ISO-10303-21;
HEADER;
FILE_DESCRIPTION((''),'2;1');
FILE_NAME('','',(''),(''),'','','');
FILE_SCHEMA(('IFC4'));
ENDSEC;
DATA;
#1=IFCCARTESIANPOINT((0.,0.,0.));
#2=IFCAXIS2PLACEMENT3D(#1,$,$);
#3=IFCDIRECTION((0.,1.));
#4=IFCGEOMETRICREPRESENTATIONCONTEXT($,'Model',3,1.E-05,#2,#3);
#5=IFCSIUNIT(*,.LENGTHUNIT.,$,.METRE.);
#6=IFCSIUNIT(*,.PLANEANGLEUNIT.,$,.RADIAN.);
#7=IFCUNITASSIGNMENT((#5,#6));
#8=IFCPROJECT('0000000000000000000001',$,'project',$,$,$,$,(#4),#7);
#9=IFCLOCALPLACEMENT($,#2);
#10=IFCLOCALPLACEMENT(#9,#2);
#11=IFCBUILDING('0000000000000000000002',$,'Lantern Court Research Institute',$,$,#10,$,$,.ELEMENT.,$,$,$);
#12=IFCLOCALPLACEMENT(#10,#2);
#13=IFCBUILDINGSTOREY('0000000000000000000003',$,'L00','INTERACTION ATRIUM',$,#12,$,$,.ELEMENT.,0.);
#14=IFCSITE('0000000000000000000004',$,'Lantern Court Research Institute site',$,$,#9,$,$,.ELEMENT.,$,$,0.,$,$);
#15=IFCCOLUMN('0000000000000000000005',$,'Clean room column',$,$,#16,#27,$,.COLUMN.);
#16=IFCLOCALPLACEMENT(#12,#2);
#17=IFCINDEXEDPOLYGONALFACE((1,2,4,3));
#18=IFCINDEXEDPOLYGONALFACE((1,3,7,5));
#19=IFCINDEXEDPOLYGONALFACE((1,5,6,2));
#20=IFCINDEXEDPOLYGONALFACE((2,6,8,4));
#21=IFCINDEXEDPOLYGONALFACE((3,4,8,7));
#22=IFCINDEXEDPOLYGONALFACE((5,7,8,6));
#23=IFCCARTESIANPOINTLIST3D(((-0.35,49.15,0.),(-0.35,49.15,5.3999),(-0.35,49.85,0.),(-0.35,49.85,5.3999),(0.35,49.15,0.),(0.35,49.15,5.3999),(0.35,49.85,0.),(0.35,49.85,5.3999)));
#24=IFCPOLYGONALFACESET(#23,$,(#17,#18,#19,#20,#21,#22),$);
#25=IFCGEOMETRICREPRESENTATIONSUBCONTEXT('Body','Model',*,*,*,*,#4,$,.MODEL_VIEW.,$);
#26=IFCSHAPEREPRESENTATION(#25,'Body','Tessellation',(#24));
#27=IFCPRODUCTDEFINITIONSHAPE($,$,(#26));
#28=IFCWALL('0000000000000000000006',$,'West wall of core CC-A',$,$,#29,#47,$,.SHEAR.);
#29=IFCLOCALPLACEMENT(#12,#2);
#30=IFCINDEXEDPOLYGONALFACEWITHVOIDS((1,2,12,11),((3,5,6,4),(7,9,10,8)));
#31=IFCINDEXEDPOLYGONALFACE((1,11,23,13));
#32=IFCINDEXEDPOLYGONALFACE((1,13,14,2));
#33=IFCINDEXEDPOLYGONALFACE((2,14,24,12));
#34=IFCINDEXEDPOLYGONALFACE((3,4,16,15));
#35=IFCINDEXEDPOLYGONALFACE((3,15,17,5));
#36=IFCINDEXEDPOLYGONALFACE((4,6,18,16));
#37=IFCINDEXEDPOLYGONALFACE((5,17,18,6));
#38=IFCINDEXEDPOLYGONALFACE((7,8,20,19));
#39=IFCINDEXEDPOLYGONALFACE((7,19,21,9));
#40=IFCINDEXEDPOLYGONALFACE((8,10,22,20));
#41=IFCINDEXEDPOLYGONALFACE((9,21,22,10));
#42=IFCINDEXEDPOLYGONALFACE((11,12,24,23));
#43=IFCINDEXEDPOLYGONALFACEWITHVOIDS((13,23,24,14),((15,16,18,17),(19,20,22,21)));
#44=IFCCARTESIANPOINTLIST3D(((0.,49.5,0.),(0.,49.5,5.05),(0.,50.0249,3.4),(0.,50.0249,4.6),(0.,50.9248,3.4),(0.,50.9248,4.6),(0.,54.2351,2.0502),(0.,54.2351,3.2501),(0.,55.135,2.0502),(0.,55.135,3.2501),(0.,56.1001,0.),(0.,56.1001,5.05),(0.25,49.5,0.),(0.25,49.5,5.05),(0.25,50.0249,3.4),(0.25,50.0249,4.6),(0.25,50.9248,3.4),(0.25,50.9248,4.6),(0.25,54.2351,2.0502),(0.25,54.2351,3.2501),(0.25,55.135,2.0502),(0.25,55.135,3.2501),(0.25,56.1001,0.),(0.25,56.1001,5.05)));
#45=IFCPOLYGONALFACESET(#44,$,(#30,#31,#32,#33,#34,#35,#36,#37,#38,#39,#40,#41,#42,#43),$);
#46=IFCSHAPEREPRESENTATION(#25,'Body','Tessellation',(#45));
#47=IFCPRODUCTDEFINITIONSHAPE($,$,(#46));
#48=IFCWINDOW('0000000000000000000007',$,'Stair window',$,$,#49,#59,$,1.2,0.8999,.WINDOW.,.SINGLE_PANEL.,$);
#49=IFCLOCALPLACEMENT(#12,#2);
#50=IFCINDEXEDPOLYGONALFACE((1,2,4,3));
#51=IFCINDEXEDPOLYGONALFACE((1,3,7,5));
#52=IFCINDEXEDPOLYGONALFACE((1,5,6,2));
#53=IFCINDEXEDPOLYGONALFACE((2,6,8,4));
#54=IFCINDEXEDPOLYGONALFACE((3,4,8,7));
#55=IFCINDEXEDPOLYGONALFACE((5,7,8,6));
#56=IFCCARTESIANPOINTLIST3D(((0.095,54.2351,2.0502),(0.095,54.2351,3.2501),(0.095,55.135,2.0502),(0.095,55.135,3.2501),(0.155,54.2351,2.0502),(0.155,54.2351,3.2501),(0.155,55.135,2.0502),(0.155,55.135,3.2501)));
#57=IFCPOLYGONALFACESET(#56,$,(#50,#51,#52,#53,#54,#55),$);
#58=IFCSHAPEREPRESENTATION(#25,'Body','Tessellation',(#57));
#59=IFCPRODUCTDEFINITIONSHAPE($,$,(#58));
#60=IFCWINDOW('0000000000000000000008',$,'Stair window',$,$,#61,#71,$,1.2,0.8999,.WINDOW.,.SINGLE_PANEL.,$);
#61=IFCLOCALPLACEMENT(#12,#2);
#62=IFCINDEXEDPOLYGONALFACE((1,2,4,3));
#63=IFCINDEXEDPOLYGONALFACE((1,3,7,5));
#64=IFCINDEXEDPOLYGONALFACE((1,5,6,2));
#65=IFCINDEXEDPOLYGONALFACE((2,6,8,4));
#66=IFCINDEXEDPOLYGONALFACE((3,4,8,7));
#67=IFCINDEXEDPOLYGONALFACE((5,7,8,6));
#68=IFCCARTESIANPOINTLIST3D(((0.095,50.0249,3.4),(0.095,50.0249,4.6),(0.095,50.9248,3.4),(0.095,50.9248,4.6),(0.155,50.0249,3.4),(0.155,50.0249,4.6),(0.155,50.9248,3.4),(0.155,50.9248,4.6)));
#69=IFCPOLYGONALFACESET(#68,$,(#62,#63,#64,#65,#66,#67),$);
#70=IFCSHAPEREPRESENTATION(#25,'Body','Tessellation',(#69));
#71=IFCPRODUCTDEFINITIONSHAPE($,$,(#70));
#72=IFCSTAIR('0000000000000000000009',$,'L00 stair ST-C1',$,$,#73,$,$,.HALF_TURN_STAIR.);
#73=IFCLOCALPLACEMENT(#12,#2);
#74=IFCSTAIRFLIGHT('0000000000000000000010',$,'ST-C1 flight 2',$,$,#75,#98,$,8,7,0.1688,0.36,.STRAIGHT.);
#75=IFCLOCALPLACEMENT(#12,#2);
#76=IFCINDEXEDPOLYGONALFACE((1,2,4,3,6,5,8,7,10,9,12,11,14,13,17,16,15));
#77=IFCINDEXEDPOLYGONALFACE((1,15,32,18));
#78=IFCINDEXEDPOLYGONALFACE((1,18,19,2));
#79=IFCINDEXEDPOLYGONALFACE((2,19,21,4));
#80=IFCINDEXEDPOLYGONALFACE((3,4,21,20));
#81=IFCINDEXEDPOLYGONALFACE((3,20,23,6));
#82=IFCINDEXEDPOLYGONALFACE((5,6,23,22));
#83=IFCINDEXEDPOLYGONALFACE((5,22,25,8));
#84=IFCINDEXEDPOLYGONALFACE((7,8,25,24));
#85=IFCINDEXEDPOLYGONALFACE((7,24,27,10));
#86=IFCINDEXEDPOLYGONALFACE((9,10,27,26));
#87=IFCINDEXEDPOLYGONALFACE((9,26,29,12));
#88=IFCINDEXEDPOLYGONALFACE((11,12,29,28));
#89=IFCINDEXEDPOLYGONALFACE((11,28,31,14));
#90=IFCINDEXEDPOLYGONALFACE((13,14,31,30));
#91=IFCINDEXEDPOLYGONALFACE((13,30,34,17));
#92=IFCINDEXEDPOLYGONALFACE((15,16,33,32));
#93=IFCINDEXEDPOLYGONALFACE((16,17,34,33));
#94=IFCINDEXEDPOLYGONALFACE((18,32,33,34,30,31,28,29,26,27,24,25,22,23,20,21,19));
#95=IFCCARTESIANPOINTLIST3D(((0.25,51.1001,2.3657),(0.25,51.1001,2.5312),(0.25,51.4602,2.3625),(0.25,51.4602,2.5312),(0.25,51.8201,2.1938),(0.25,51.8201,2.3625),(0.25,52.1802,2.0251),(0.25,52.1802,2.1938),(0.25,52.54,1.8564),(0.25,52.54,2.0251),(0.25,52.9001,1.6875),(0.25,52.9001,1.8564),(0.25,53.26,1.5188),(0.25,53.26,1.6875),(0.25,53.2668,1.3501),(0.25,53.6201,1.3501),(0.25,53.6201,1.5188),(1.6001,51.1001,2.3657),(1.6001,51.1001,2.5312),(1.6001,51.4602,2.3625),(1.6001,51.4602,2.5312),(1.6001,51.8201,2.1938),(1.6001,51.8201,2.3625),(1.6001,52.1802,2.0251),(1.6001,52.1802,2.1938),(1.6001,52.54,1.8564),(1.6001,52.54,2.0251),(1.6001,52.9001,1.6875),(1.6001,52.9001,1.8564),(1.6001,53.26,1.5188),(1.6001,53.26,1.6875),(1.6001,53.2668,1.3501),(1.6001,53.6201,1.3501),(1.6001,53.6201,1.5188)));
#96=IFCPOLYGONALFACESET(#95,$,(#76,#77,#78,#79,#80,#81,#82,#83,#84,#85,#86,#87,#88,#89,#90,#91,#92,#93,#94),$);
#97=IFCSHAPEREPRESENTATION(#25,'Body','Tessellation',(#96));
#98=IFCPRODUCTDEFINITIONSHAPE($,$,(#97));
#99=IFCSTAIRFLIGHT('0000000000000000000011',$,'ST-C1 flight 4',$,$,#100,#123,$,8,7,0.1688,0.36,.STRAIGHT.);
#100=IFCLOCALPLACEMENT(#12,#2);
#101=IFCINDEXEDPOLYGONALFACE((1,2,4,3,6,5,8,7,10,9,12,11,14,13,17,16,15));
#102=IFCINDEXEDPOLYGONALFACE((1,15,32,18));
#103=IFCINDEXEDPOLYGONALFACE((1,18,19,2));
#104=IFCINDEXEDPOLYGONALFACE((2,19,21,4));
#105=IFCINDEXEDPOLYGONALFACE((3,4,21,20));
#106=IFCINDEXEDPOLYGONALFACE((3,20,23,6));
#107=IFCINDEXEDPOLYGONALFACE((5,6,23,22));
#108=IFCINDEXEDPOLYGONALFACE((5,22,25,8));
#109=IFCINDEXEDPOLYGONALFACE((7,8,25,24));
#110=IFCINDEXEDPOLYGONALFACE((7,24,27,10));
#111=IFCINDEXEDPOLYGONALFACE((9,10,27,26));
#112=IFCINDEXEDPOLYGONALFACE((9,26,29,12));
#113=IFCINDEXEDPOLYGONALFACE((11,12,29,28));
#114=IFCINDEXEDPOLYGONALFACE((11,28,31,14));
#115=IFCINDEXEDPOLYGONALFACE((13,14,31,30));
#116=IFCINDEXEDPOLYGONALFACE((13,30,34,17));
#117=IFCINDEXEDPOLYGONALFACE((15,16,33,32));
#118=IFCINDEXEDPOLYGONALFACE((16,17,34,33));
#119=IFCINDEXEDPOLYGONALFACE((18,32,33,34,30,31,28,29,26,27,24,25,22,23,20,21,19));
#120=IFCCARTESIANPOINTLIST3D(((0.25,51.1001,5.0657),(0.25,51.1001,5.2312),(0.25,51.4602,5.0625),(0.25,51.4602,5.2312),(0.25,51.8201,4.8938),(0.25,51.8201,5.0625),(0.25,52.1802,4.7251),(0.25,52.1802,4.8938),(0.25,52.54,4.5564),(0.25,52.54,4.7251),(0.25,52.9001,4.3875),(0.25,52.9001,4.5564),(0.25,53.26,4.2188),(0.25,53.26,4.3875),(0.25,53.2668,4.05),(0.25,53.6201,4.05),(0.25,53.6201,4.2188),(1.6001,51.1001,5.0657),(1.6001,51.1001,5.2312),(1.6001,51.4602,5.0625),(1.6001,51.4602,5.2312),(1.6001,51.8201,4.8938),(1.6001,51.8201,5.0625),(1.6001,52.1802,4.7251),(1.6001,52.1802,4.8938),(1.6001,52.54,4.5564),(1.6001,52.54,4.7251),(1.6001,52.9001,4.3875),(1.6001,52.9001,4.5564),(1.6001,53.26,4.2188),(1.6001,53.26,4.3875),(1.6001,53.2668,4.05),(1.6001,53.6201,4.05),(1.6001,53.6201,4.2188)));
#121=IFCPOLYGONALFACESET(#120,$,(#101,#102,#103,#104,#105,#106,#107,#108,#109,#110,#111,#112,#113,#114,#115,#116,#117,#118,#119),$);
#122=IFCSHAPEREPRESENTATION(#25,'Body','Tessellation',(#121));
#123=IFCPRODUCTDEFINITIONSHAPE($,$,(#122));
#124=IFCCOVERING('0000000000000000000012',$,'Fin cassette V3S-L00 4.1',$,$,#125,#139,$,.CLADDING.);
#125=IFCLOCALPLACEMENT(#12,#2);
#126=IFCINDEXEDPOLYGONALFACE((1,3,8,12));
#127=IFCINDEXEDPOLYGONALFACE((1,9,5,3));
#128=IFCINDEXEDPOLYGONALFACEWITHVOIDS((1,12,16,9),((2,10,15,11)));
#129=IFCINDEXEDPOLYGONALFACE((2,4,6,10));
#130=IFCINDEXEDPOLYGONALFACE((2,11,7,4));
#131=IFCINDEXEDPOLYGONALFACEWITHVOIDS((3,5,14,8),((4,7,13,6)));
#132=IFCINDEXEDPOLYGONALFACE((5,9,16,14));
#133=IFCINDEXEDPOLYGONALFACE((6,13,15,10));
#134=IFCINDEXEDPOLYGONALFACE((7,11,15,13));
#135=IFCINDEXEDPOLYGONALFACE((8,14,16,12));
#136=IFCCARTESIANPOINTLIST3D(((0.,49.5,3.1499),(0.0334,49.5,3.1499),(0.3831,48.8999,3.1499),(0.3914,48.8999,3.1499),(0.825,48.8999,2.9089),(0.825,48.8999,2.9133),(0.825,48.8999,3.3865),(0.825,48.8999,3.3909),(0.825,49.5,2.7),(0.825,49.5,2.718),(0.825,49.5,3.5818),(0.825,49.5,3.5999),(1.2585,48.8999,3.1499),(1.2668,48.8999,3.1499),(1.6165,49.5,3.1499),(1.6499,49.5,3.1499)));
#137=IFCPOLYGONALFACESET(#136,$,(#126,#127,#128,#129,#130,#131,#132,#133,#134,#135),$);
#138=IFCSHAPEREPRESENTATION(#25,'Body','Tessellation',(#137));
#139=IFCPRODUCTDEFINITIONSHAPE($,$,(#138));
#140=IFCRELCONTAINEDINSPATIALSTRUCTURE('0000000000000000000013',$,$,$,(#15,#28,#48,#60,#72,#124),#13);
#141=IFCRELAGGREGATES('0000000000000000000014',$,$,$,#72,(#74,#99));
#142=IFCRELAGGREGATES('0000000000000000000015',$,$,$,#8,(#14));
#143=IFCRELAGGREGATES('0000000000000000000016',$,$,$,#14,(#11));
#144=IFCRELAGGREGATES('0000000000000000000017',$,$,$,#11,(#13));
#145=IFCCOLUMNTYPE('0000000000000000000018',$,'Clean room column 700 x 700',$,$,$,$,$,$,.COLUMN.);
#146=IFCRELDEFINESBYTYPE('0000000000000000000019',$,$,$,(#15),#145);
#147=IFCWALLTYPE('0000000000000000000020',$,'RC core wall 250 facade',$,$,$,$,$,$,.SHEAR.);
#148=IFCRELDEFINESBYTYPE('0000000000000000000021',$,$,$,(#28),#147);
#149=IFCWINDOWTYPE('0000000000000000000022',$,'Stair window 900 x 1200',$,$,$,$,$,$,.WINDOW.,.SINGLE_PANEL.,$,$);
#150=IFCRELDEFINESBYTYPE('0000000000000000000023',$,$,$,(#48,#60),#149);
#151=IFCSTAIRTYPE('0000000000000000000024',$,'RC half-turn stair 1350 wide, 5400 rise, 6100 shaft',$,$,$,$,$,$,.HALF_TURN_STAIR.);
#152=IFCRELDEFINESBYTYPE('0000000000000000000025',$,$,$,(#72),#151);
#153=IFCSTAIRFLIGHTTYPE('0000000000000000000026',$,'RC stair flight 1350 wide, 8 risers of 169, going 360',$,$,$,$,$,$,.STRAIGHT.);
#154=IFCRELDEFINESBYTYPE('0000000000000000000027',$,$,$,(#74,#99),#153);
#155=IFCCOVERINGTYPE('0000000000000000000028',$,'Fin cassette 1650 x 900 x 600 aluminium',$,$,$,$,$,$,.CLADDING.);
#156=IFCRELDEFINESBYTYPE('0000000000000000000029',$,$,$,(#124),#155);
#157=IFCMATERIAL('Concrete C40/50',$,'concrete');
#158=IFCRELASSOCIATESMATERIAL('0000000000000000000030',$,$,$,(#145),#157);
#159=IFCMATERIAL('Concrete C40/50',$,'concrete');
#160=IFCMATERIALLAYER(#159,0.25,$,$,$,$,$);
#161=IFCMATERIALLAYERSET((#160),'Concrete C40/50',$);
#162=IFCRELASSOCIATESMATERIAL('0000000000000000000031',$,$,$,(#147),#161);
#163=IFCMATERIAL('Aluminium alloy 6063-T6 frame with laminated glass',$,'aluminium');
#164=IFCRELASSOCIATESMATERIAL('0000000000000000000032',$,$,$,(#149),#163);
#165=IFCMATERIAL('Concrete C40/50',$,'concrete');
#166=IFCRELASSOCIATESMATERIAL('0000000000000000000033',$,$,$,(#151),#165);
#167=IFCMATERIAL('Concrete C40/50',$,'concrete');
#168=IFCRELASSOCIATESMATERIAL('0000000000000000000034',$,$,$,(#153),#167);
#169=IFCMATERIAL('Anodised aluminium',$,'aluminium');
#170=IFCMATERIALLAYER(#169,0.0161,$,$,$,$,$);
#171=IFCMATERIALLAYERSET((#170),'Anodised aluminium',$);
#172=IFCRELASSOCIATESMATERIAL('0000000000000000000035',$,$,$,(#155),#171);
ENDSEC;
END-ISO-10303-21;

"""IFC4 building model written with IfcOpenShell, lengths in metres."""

from ifc_helpers import new_model, entity, si_unit, direction, frame, frame_2d, origin, origin_2d, place, context, subcontext, project, spatial, polyline, rectangle, outline, extrude, material, layer, layer_set, material_profile, profile_set, type_object, element, fill, aggregate, save


model = new_model("IFC4")

# Units and contexts
model_context = context("Model", 3, precision=1e-05, world=origin(), true_north=direction((0.0, 1.0)))
body_context = subcontext(model_context, "Body", "Model", "MODEL_VIEW")
ifc_project = project(units=[si_unit("LENGTHUNIT", "METRE"), si_unit("PLANEANGLEUNIT", "RADIAN")], contexts=[model_context])

# Site, building, storey
site_placement = place(None, origin())
site = spatial("IfcSite", under=ifc_project, at=site_placement, Name="Lantern Court Research Institute site", CompositionType="ELEMENT", RefElevation=0.0)
building_placement = place(site_placement, origin())
building = spatial("IfcBuilding", under=site, at=building_placement, Name="Lantern Court Research Institute", CompositionType="ELEMENT")
storey_placement = place(building_placement, origin())
storey = spatial("IfcBuildingStorey", under=building, at=storey_placement, Name="L00", Description="INTERACTION ATRIUM", CompositionType="ELEMENT", Elevation=0.0)

# Column
ifc_material_1 = material(Name="Concrete C40/50", Category="concrete")
ifc_material_profile = material_profile(ifc_material_1, rectangle(XDim=0.7, YDim=0.7, at=origin_2d()), Name="Clean room column 700 x 700")
ifc_profile_set = profile_set([ifc_material_profile], Name="Concrete C40/50")
column_type = type_object("IfcColumnType", Name="Clean room column 700 x 700", PredefinedType="COLUMN", material=ifc_profile_set)
column_placement = place(storey_placement, frame((0.0, 49.5, 0.0), z_axis=(0.0, 0.0, 1.0), x_axis=(1.0, 0.0, 0.0)))
element("IfcColumn", 1, at=column_placement, inside=storey, type_object=column_type, Name="Clean room column", PredefinedType="COLUMN", context=body_context, shape_type="SweptSolid", body=[
    extrude(rectangle(XDim=0.7, YDim=0.7, at=origin_2d()), origin(), (0.0, 0.0, 1.0), 5.3999),
])

# Wall, openings, windows
ifc_material_2 = material(Name="Concrete C40/50", Category="concrete")
ifc_layer_1 = layer(ifc_material_2, 0.25)
ifc_layer_set_1 = layer_set([ifc_layer_1], Name="Concrete C40/50")
wall_type = type_object("IfcWallType", Name="RC core wall 250 facade", PredefinedType="SHEAR", material=ifc_layer_set_1)
wall_placement = place(storey_placement, frame((0.125, 49.5, 0.0), z_axis=(0.0, 0.0, 1.0), x_axis=(0.0, 1.0, 0.0)))
wall = element("IfcWall", 2, at=wall_placement, inside=storey, type_object=wall_type, Name="West wall of core CC-A", PredefinedType="SHEAR", context=body_context, shape_type="SweptSolid", body=[
    extrude(rectangle(XDim=6.6001, YDim=0.25, at=frame_2d((3.3, 0.0))), origin(), (0.0, 0.0, 1.0), 5.05),
])
opening_1_placement = place(wall_placement, frame((4.7351, 0.0, 2.05)))
opening_1 = element("IfcOpeningElement", 3, at=opening_1_placement, cuts=wall, PredefinedType="OPENING", context=body_context, shape_type="SweptSolid", body=[
    extrude(rectangle(XDim=0.8999, YDim=1.2, at=frame_2d((0.45, 0.6001))), frame((0.0, 0.135, 0.0), z_axis=(0.0, -1.0, 0.0), x_axis=(1.0, 0.0, 0.0)), (0.0, 0.0, 1.0), 0.27),
])
opening_2_placement = place(wall_placement, frame((0.5249, 0.0, 3.3999)))
opening_2 = element("IfcOpeningElement", 4, at=opening_2_placement, cuts=wall, PredefinedType="OPENING", context=body_context, shape_type="SweptSolid", body=[
    extrude(rectangle(XDim=0.8999, YDim=1.2, at=frame_2d((0.45, 0.6001))), frame((0.0, 0.135, 0.0), z_axis=(0.0, -1.0, 0.0), x_axis=(1.0, 0.0, 0.0)), (0.0, 0.0, 1.0), 0.27),
])
ifc_material_3 = material(Name="Aluminium alloy 6063-T6 frame with laminated glass", Category="aluminium")
window_type = type_object("IfcWindowType", Name="Stair window 900 x 1200", PartitioningType="SINGLE_PANEL", PredefinedType="WINDOW", material=ifc_material_3)
window_1_placement = place(opening_1_placement, origin())
window_1 = element("IfcWindow", 5, at=window_1_placement, inside=storey, type_object=window_type, Name="Stair window", OverallHeight=1.2, OverallWidth=0.8999, PartitioningType="SINGLE_PANEL", PredefinedType="WINDOW", context=body_context, shape_type="SweptSolid", body=[
    extrude(rectangle(XDim=0.8999, YDim=1.2, at=frame_2d((0.45, 0.6001))), frame((0.0, 0.03, 0.0), z_axis=(0.0, -1.0, 0.0), x_axis=(1.0, 0.0, 0.0)), (0.0, 0.0, 1.0), 0.0601),
])
fill(opening_1, window_1)
window_2_placement = place(opening_2_placement, origin())
window_2 = element("IfcWindow", 6, at=window_2_placement, inside=storey, type_object=window_type, Name="Stair window", OverallHeight=1.2, OverallWidth=0.8999, PartitioningType="SINGLE_PANEL", PredefinedType="WINDOW", context=body_context, shape_type="SweptSolid", body=[
    extrude(rectangle(XDim=0.8999, YDim=1.2, at=frame_2d((0.45, 0.6001))), frame((0.0, 0.03, 0.0), z_axis=(0.0, -1.0, 0.0), x_axis=(1.0, 0.0, 0.0)), (0.0, 0.0, 1.0), 0.0601),
])
fill(opening_2, window_2)

# Stair, stair flights
ifc_material_4 = material(Name="Concrete C40/50", Category="concrete")
stair_type = type_object("IfcStairType", Name="RC half-turn stair 1350 wide, 5400 rise, 6100 shaft", PredefinedType="HALF_TURN_STAIR", material=ifc_material_4)
stair_placement = place(storey_placement, origin())
stair = element("IfcStair", 7, at=stair_placement, inside=storey, type_object=stair_type, Name="L00 stair ST-C1", PredefinedType="HALF_TURN_STAIR")
ifc_material_5 = material(Name="Concrete C40/50", Category="concrete")
stair_flight_type = type_object("IfcStairFlightType", Name="RC stair flight 1350 wide, 8 risers of 169, going 360", PredefinedType="STRAIGHT", material=ifc_material_5)
stair_flight_1_placement = place(storey_placement, frame((0.925, 53.6201, 1.3501), z_axis=(0.0, 0.0, 1.0), x_axis=(0.0, -1.0, 0.0)))
stair_flight_1 = element("IfcStairFlight", 8, at=stair_flight_1_placement, type_object=stair_flight_type, Name="ST-C1 flight 2", NumberOfRisers=8, NumberOfTreads=7, PredefinedType="STRAIGHT", RiserHeight=0.1688, TreadLength=0.36, context=body_context, shape_type="SweptSolid", body=[
    extrude(outline(polyline([(0.0, 0.0), (0.0, 0.1687), (0.3601, 0.1687), (0.3601, 0.3374), (0.72, 0.3374), (0.72, 0.5063), (1.0801, 0.5063), (1.0801, 0.675), (1.4399, 0.675), (1.4399, 0.8438), (1.8, 0.8438), (1.8, 1.0125), (2.1599, 1.0125), (2.1599, 1.1812), (2.52, 1.1812), (2.52, 1.3501), (2.52, 1.0156), (0.3533, 0.0), (0.0, 0.0)])), frame((0.0, 0.675, 0.0), z_axis=(0.0, -1.0, 0.0), x_axis=(1.0, 0.0, 0.0)), (0.0, 0.0, 1.0), 1.3501),
])
stair_flight_2_placement = place(storey_placement, frame((0.925, 53.6201, 4.05), z_axis=(0.0, 0.0, 1.0), x_axis=(0.0, -1.0, 0.0)))
stair_flight_2 = element("IfcStairFlight", 9, at=stair_flight_2_placement, type_object=stair_flight_type, Name="ST-C1 flight 4", NumberOfRisers=8, NumberOfTreads=7, PredefinedType="STRAIGHT", RiserHeight=0.1688, TreadLength=0.36, context=body_context, shape_type="SweptSolid", body=[
    extrude(outline(polyline([(0.0, 0.0), (0.0, 0.1687), (0.3601, 0.1687), (0.3601, 0.3374), (0.72, 0.3374), (0.72, 0.5063), (1.0801, 0.5063), (1.0801, 0.675), (1.4399, 0.675), (1.4399, 0.8438), (1.8, 0.8438), (1.8, 1.0125), (2.1599, 1.0125), (2.1599, 1.1812), (2.52, 1.1812), (2.52, 1.3501), (2.52, 1.0156), (0.3533, 0.0), (0.0, 0.0)])), frame((0.0, 0.675, 0.0), z_axis=(0.0, -1.0, 0.0), x_axis=(1.0, 0.0, 0.0)), (0.0, 0.0, 1.0), 1.3501),
])
aggregate(stair, [stair_flight_1, stair_flight_2])

# Covering
ifc_material_6 = material(Name="Anodised aluminium", Category="aluminium")
ifc_layer_2 = layer(ifc_material_6, 0.0161)
ifc_layer_set_2 = layer_set([ifc_layer_2], Name="Anodised aluminium")
covering_type = type_object("IfcCoveringType", Name="Fin cassette 1650 x 900 x 600 aluminium", PredefinedType="CLADDING", material=ifc_layer_set_2)
covering_1_placement = place(storey_placement, frame((0.825, 49.5, 3.1499), z_axis=(0.0, -1.0, 0.0), x_axis=(1.0, 0.0, 0.0)))
cartesian_point_1 = entity("IfcCartesianPoint", [0.825, 0.0])
cartesian_point_2 = entity("IfcCartesianPoint", [0.7915, 0.0])
cartesian_point_3 = entity("IfcCartesianPoint", [0.4419, 0.0])
cartesian_point_4 = entity("IfcCartesianPoint", [0.4336, 0.0])
element("IfcCovering", 10, at=covering_1_placement, inside=storey, type_object=covering_type, Name="Fin cassette V3S-L00 4.1", PredefinedType="CLADDING", context=body_context, shape_type="SweptSolid", body=[
    entity("IfcExtrudedAreaSolidTapered", entity("IfcArbitraryProfileDefWithVoids", "AREA", None, entity("IfcPolyline", [cartesian_point_1, entity("IfcCartesianPoint", [0.0, 0.45]), entity("IfcCartesianPoint", [-0.825, 0.0]), entity("IfcCartesianPoint", [0.0, -0.45]), cartesian_point_1]), [entity("IfcPolyline", [cartesian_point_2, entity("IfcCartesianPoint", [0.0, 0.4319]), entity("IfcCartesianPoint", [-0.7915, 0.0]), entity("IfcCartesianPoint", [0.0, -0.4319]), cartesian_point_2])]), entity("IfcAxis2Placement3D", entity("IfcCartesianPoint", [0.0, 0.0, 0.0])), entity("IfcDirection", [0.0, 0.0, 1.0]), 0.6001, entity("IfcArbitraryProfileDefWithVoids", "AREA", None, entity("IfcPolyline", [cartesian_point_3, entity("IfcCartesianPoint", [0.0, 0.241]), entity("IfcCartesianPoint", [-0.4419, 0.0]), entity("IfcCartesianPoint", [0.0, -0.241]), cartesian_point_3]), [entity("IfcPolyline", [cartesian_point_4, entity("IfcCartesianPoint", [0.0, 0.2366]), entity("IfcCartesianPoint", [-0.4336, 0.0]), entity("IfcCartesianPoint", [0.0, -0.2366]), cartesian_point_4])])),
])

save(model, "model.ifc")
